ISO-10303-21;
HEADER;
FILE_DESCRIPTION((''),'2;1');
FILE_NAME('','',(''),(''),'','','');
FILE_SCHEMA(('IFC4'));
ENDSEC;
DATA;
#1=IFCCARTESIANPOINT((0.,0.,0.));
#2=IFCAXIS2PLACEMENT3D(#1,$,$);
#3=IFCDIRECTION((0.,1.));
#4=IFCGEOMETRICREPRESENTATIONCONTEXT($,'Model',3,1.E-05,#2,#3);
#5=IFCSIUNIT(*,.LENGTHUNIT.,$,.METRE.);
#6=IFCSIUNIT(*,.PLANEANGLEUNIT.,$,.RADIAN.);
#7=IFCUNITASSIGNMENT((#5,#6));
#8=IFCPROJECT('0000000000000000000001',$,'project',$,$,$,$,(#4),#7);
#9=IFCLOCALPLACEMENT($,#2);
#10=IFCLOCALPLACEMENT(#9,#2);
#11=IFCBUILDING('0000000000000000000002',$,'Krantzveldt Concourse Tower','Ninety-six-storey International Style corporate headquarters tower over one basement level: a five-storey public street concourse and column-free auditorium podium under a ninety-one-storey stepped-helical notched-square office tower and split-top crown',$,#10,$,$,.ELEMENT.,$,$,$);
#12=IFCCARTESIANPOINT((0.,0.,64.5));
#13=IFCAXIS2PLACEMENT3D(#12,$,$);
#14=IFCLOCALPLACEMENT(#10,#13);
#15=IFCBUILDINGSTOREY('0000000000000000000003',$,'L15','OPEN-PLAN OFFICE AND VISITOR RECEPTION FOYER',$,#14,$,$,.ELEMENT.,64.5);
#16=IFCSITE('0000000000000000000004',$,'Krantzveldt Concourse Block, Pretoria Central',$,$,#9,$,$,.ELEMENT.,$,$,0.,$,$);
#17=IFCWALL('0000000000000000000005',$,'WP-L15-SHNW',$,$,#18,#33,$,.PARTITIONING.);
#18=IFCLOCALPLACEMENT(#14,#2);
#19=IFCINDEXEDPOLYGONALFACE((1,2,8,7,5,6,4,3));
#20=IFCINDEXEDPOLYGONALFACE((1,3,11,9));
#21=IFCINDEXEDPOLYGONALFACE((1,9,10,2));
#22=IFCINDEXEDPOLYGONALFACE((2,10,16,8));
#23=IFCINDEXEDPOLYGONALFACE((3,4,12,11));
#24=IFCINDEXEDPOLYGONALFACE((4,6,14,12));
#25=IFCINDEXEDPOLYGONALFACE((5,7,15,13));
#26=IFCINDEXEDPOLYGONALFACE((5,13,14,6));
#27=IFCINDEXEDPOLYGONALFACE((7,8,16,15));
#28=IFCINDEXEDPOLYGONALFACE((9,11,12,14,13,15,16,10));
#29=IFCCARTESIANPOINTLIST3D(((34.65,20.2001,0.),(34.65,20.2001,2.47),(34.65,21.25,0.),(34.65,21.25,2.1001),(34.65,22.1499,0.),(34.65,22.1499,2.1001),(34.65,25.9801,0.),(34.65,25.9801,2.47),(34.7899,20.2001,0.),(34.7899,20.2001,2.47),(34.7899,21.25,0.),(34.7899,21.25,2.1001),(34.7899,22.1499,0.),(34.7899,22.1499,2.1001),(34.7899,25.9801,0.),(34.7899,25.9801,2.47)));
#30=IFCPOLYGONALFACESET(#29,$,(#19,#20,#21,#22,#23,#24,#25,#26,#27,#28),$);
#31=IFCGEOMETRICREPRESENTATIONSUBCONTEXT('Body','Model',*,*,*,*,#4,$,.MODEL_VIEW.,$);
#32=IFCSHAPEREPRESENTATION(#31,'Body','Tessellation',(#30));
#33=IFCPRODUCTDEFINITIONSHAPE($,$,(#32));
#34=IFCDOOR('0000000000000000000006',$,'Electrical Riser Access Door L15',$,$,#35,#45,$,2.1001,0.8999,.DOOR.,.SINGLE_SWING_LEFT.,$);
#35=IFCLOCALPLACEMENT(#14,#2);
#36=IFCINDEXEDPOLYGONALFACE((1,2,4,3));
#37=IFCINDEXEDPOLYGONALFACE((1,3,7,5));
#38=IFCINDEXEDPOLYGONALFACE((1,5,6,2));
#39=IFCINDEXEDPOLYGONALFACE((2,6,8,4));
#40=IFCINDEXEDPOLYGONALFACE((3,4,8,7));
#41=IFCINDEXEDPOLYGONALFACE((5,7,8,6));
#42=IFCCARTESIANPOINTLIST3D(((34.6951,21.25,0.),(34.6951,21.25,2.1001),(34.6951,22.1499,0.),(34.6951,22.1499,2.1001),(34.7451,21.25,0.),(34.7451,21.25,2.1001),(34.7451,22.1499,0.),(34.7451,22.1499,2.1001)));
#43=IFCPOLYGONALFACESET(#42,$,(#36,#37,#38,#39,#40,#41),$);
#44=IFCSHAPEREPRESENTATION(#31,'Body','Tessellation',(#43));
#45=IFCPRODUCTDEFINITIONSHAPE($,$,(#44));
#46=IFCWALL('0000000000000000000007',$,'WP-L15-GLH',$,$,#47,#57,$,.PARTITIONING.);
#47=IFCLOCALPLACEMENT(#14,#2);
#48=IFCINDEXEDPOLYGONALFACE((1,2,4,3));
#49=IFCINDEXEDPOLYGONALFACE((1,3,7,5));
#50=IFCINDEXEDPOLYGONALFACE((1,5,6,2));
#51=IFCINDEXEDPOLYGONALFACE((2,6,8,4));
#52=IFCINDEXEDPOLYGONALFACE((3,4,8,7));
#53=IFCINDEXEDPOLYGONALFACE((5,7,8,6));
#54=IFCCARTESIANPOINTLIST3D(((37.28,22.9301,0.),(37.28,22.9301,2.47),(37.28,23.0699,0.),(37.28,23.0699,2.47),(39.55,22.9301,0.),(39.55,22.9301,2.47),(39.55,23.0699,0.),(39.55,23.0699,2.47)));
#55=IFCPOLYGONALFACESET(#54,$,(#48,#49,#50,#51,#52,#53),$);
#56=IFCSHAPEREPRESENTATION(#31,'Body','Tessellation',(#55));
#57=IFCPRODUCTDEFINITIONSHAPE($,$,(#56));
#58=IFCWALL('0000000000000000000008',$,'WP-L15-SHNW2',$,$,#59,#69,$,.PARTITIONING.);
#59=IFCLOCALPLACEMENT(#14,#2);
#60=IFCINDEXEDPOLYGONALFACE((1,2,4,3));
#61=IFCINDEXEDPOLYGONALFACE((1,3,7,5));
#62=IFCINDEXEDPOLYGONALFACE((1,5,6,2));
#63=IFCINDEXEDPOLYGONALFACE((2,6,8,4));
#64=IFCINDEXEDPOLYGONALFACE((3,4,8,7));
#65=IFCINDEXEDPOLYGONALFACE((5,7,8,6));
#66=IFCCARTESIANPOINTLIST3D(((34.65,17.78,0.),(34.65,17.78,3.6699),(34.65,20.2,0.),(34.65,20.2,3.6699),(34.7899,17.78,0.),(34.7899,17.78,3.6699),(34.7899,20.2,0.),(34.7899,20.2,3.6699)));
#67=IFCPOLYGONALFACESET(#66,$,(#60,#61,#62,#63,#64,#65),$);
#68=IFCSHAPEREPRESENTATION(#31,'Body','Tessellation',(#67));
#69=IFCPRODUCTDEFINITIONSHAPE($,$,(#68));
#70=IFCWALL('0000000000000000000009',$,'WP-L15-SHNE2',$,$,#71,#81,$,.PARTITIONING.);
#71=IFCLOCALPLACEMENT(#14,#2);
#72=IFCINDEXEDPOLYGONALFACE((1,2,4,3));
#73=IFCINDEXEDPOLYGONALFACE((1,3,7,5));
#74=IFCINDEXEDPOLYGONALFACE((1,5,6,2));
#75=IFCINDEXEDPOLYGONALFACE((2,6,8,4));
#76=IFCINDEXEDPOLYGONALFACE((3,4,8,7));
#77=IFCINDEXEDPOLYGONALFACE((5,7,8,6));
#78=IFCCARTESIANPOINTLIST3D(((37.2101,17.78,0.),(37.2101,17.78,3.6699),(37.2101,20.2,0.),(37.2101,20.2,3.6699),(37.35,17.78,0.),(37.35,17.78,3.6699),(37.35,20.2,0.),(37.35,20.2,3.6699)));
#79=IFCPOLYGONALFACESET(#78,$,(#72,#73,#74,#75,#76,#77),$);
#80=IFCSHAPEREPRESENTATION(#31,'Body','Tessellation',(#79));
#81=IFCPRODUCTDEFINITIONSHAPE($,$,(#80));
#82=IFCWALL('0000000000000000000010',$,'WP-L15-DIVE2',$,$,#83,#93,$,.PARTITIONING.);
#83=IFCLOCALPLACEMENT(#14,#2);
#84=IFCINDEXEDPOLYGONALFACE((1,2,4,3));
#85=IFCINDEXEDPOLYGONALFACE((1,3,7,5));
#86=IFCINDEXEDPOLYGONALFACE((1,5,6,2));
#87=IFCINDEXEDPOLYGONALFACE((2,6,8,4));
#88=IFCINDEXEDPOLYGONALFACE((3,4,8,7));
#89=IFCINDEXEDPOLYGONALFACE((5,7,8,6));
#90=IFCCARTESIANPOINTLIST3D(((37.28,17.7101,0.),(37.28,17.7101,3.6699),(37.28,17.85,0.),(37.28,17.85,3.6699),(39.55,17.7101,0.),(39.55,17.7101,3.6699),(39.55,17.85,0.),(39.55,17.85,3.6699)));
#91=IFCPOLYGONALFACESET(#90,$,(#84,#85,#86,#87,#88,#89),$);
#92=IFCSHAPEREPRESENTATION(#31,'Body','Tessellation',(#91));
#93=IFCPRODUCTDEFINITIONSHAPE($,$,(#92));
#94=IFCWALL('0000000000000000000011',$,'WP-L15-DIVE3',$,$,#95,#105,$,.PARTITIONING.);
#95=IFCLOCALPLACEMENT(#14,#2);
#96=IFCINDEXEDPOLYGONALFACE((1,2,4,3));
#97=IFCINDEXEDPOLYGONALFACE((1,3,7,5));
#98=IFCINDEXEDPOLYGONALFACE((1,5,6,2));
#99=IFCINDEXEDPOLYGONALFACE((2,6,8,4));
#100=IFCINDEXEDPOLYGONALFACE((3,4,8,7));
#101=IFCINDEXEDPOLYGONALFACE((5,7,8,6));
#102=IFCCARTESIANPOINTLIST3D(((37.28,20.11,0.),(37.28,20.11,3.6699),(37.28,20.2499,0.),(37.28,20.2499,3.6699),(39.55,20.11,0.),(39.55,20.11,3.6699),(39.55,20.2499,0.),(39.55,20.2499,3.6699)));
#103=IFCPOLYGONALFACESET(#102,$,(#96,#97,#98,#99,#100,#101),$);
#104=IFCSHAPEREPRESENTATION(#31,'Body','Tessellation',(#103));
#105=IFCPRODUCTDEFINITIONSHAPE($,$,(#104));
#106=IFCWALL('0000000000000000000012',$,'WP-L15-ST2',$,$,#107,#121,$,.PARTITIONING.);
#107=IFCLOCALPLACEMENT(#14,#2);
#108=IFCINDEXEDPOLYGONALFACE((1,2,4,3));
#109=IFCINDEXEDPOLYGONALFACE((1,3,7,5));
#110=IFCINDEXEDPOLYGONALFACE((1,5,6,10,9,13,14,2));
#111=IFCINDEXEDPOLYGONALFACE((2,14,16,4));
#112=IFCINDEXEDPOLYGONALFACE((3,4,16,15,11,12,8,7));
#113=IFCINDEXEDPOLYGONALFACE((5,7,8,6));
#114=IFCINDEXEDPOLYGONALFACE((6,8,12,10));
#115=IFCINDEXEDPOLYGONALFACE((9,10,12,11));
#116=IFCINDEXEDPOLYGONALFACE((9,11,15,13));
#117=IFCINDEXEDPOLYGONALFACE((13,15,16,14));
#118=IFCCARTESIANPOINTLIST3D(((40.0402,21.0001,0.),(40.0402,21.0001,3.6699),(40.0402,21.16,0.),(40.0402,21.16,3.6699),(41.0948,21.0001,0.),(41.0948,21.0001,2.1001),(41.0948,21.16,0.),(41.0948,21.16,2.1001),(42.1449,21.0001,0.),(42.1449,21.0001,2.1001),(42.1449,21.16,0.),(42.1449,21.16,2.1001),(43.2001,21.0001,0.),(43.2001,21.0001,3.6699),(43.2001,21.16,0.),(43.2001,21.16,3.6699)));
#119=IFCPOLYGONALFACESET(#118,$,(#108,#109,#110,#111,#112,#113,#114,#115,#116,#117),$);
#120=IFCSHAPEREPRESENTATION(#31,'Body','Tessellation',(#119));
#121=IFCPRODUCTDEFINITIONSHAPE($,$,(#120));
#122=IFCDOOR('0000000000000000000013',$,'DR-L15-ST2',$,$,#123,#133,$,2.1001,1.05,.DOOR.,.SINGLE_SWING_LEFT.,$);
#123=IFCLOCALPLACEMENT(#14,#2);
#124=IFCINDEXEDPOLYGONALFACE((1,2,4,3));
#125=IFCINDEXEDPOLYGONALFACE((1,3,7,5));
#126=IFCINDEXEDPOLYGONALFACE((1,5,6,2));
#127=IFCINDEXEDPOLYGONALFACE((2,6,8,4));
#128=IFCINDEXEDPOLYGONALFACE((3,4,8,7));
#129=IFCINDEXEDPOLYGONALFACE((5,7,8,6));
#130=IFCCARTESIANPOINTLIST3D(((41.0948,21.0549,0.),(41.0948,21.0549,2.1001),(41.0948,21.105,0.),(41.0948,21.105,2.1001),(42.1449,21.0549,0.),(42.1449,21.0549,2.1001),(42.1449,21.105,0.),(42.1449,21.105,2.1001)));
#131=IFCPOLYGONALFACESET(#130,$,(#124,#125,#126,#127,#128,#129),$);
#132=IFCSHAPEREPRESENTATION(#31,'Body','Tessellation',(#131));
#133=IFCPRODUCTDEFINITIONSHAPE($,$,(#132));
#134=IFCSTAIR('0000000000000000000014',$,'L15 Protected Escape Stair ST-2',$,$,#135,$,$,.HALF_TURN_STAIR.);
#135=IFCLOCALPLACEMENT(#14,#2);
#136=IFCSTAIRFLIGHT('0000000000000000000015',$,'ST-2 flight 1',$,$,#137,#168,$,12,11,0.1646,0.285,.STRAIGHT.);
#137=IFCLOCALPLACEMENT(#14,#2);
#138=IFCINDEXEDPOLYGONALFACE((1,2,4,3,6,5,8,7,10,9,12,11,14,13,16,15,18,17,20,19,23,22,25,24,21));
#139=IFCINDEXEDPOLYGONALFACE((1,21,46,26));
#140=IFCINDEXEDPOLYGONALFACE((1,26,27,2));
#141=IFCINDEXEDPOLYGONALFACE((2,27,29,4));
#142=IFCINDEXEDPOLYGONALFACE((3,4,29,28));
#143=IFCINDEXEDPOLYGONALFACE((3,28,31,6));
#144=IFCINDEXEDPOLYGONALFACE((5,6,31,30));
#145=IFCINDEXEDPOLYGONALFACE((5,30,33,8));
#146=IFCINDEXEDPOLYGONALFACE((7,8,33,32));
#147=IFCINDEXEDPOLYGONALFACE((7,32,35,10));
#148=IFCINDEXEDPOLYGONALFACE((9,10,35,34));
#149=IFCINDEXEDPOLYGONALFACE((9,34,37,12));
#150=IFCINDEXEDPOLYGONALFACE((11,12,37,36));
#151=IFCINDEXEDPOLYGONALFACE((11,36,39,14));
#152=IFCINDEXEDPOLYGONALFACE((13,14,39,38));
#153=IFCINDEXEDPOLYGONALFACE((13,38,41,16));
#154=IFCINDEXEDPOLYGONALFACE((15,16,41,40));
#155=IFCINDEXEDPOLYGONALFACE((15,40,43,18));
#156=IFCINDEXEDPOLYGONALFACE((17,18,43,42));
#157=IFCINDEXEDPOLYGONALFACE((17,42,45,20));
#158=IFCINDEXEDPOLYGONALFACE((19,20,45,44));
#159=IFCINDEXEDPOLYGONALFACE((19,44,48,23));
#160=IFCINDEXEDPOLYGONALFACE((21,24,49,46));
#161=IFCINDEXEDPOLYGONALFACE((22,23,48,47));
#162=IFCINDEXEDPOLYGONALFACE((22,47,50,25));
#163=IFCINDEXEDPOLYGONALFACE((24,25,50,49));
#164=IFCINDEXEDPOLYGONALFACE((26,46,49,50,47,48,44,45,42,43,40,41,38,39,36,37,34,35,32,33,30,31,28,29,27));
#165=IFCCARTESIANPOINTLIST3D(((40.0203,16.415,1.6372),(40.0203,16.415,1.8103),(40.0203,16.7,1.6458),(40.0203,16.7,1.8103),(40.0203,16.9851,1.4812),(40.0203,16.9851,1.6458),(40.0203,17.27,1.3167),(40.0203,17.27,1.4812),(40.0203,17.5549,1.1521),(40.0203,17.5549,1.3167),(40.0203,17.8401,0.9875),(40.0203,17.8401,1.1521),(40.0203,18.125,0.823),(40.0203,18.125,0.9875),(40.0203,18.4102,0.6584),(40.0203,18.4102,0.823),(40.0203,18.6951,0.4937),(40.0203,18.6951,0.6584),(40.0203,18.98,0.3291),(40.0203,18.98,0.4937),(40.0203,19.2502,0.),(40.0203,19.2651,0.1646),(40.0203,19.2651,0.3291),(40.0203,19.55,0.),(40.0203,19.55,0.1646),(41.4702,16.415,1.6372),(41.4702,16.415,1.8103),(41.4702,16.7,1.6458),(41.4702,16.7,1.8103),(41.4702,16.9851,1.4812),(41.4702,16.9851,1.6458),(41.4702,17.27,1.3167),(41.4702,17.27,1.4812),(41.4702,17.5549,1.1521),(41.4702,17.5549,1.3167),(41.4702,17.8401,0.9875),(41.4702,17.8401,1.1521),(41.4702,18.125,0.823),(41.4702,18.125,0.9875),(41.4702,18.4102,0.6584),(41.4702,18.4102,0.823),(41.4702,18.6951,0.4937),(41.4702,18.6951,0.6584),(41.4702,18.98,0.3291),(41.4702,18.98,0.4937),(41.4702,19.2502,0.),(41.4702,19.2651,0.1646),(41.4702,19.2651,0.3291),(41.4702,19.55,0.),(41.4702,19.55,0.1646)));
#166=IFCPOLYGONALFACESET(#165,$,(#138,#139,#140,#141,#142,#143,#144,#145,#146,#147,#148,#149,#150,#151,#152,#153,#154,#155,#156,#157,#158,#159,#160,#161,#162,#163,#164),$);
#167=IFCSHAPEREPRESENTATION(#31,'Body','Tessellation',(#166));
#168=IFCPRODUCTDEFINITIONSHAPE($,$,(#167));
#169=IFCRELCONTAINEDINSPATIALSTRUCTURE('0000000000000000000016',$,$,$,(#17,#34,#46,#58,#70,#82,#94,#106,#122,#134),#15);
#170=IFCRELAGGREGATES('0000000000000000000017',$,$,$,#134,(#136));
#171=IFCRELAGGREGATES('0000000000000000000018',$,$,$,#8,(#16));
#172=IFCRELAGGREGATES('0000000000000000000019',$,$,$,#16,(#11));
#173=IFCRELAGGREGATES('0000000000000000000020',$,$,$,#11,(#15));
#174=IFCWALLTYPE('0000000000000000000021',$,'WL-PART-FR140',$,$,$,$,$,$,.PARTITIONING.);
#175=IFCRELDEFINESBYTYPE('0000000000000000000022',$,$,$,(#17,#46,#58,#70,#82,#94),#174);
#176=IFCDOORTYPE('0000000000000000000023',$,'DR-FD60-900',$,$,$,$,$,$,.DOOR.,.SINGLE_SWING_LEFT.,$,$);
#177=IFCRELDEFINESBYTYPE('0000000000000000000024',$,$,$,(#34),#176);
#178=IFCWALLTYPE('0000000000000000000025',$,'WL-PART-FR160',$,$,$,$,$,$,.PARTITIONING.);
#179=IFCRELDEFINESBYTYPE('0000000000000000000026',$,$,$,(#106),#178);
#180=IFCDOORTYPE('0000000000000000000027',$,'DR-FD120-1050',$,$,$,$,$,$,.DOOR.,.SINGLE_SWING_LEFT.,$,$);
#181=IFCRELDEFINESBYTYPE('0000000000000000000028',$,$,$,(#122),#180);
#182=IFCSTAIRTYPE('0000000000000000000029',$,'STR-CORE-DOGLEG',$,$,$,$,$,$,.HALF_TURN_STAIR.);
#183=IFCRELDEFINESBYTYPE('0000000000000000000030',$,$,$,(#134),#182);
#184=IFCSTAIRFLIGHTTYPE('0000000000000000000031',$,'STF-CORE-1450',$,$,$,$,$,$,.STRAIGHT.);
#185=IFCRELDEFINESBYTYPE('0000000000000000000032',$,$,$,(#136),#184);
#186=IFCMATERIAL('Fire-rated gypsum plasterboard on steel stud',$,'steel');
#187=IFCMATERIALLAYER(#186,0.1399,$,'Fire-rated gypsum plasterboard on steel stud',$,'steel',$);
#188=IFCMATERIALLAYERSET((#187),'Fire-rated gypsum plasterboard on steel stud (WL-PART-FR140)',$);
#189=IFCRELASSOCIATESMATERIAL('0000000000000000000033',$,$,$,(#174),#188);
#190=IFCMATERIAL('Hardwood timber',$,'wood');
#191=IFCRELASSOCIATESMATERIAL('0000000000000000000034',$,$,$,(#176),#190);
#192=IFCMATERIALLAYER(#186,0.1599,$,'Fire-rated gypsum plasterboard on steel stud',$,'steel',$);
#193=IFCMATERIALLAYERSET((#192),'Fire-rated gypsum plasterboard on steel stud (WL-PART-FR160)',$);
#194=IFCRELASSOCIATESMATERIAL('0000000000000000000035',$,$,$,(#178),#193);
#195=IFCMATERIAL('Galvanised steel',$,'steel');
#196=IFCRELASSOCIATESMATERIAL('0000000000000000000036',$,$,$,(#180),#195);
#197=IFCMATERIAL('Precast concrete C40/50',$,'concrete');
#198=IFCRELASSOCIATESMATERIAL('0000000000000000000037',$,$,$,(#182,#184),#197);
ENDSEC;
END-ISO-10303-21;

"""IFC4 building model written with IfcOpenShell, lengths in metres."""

from ifc_helpers import new_model, si_unit, direction, frame, frame_2d, origin, place, context, subcontext, project, spatial, polyline, rectangle, outline, extrude, material, layer, layer_set, type_object, element, fill, aggregate, save


model = new_model("IFC4")

# Units and contexts
model_context = context("Model", 3, precision=1e-05, world=origin(), true_north=direction((0.0, 1.0)))
body_context = subcontext(model_context, "Body", "Model", "MODEL_VIEW")
ifc_project = project(units=[si_unit("LENGTHUNIT", "METRE"), si_unit("PLANEANGLEUNIT", "RADIAN")], contexts=[model_context])

# Site, building, storey
site_placement = place(None, origin())
site = spatial("IfcSite", under=ifc_project, at=site_placement, Name="Krantzveldt Concourse Block, Pretoria Central", CompositionType="ELEMENT", RefElevation=0.0)
building_placement = place(site_placement, origin())
building = spatial("IfcBuilding", under=site, at=building_placement, Name="Krantzveldt Concourse Tower", Description="Ninety-six-storey International Style corporate headquarters tower over one basement level: a five-storey public street concourse and column-free auditorium podium under a ninety-one-storey stepped-helical notched-square office tower and split-top crown", CompositionType="ELEMENT")
storey_placement = place(building_placement, frame((0.0, 0.0, 64.5)))
storey = spatial("IfcBuildingStorey", under=building, at=storey_placement, Name="L15", Description="OPEN-PLAN OFFICE AND VISITOR RECEPTION FOYER", CompositionType="ELEMENT", Elevation=64.5)

# Wall, opening, door
ifc_material_1 = material(Name="Fire-rated gypsum plasterboard on steel stud", Category="steel")
ifc_layer_1 = layer(ifc_material_1, 0.1399, Name="Fire-rated gypsum plasterboard on steel stud", Category="steel")
ifc_layer_set_1 = layer_set([ifc_layer_1], Name="Fire-rated gypsum plasterboard on steel stud (WL-PART-FR140)")
wall_type_1 = type_object("IfcWallType", Name="WL-PART-FR140", PredefinedType="PARTITIONING", material=ifc_layer_set_1)
wall_1_placement = place(storey_placement, frame((34.72, 20.2, 0.0), z_axis=(0.0, 0.0, 1.0), x_axis=(0.0, 1.0, 0.0)))
wall_1 = element("IfcWall", 1, at=wall_1_placement, inside=storey, type_object=wall_type_1, Name="WP-L15-SHNW", PredefinedType="PARTITIONING", context=body_context, shape_type="SweptSolid", body=[
    extrude(rectangle(XDim=5.78, YDim=0.1399, at=frame_2d((2.8901, 0.0))), origin(), (0.0, 0.0, 1.0), 2.47),
])
opening_1_placement = place(wall_1_placement, frame((1.05, 0.0, 0.0)))
opening_1 = element("IfcOpeningElement", 2, at=opening_1_placement, cuts=wall_1, PredefinedType="OPENING", context=body_context, shape_type="SweptSolid", body=[
    extrude(rectangle(XDim=0.8999, YDim=2.1001, at=frame_2d((0.45, 1.05))), frame((0.0, 0.0801, 0.0), z_axis=(0.0, -1.0, 0.0), x_axis=(1.0, 0.0, 0.0)), (0.0, 0.0, 1.0), 0.1599),
])
ifc_material_2 = material(Name="Hardwood timber", Category="wood")
door_type_1 = type_object("IfcDoorType", Name="DR-FD60-900", OperationType="SINGLE_SWING_LEFT", PredefinedType="DOOR", material=ifc_material_2)
door_1_placement = place(opening_1_placement, origin())
door_1 = element("IfcDoor", 3, at=door_1_placement, inside=storey, type_object=door_type_1, Name="Electrical Riser Access Door L15", OperationType="SINGLE_SWING_LEFT", OverallHeight=2.1001, OverallWidth=0.8999, PredefinedType="DOOR", context=body_context, shape_type="SweptSolid", body=[
    extrude(rectangle(XDim=0.8999, YDim=2.1001, at=frame_2d((0.45, 1.05))), frame((0.0, 0.0249, 0.0), z_axis=(0.0, -1.0, 0.0), x_axis=(1.0, 0.0, 0.0)), (0.0, 0.0, 1.0), 0.05),
])
fill(opening_1, door_1)

# Walls
wall_2_placement = place(storey_placement, frame((37.28, 23.0, 0.0), z_axis=(0.0, 0.0, 1.0), x_axis=(1.0, 0.0, 0.0)))
element("IfcWall", 4, at=wall_2_placement, inside=storey, type_object=wall_type_1, Name="WP-L15-GLH", PredefinedType="PARTITIONING", context=body_context, shape_type="SweptSolid", body=[
    extrude(rectangle(XDim=2.27, YDim=0.1399, at=frame_2d((1.135, 0.0))), origin(), (0.0, 0.0, 1.0), 2.47),
])
for number, where, z_axis, x_axis, name in (
    (5, (34.72, 17.78, 0.0), (0.0, 0.0, 1.0), (0.0, 1.0, 0.0), "WP-L15-SHNW2"),
    (6, (37.28, 17.78, 0.0), (0.0, 0.0, 1.0), (0.0, 1.0, 0.0), "WP-L15-SHNE2"),
):
    element("IfcWall", number, at=place(storey_placement, frame(where, z_axis=z_axis, x_axis=x_axis)), inside=storey, type_object=wall_type_1, Name=name, PredefinedType="PARTITIONING", context=body_context, shape_type="SweptSolid", body=[
        extrude(rectangle(XDim=2.4199, YDim=0.1399, at=frame_2d((1.21, 0.0))), origin(), (0.0, 0.0, 1.0), 3.6699),
    ])
for number, where, z_axis, x_axis, name in (
    (7, (37.28, 17.78, 0.0), (0.0, 0.0, 1.0), (1.0, 0.0, 0.0), "WP-L15-DIVE2"),
    (8, (37.28, 20.1799, 0.0), (0.0, 0.0, 1.0), (1.0, 0.0, 0.0), "WP-L15-DIVE3"),
):
    element("IfcWall", number, at=place(storey_placement, frame(where, z_axis=z_axis, x_axis=x_axis)), inside=storey, type_object=wall_type_1, Name=name, PredefinedType="PARTITIONING", context=body_context, shape_type="SweptSolid", body=[
        extrude(rectangle(XDim=2.27, YDim=0.1399, at=frame_2d((1.135, 0.0))), origin(), (0.0, 0.0, 1.0), 3.6699),
    ])

# Wall, opening, door
ifc_layer_2 = layer(ifc_material_1, 0.1599, Name="Fire-rated gypsum plasterboard on steel stud", Category="steel")
ifc_layer_set_2 = layer_set([ifc_layer_2], Name="Fire-rated gypsum plasterboard on steel stud (WL-PART-FR160)")
wall_type_2 = type_object("IfcWallType", Name="WL-PART-FR160", PredefinedType="PARTITIONING", material=ifc_layer_set_2)
wall_3_placement = place(storey_placement, frame((40.04, 21.0801, 0.0), z_axis=(0.0, 0.0, 1.0), x_axis=(1.0, 0.0, 0.0)))
wall_3 = element("IfcWall", 9, at=wall_3_placement, inside=storey, type_object=wall_type_2, Name="WP-L15-ST2", PredefinedType="PARTITIONING", context=body_context, shape_type="SweptSolid", body=[
    extrude(rectangle(XDim=3.1599, YDim=0.1599, at=frame_2d((1.5801, 0.0))), origin(), (0.0, 0.0, 1.0), 3.6699),
])
opening_2_placement = place(wall_3_placement, frame((1.0549, 0.0, 0.0)))
opening_2 = element("IfcOpeningElement", 10, at=opening_2_placement, cuts=wall_3, PredefinedType="OPENING", context=body_context, shape_type="SweptSolid", body=[
    extrude(rectangle(XDim=1.05, YDim=2.1001, at=frame_2d((0.5249, 1.05))), frame((0.0, 0.0898, 0.0), z_axis=(0.0, -1.0, 0.0), x_axis=(1.0, 0.0, 0.0)), (0.0, 0.0, 1.0), 0.1799),
])
ifc_material_3 = material(Name="Galvanised steel", Category="steel")
door_type_2 = type_object("IfcDoorType", Name="DR-FD120-1050", OperationType="SINGLE_SWING_LEFT", PredefinedType="DOOR", material=ifc_material_3)
door_2_placement = place(opening_2_placement, origin())
door_2 = element("IfcDoor", 11, at=door_2_placement, inside=storey, type_object=door_type_2, Name="DR-L15-ST2", OperationType="SINGLE_SWING_LEFT", OverallHeight=2.1001, OverallWidth=1.05, PredefinedType="DOOR", context=body_context, shape_type="SweptSolid", body=[
    extrude(rectangle(XDim=1.05, YDim=2.1001, at=frame_2d((0.5249, 1.05))), frame((0.0, 0.0249, 0.0), z_axis=(0.0, -1.0, 0.0), x_axis=(1.0, 0.0, 0.0)), (0.0, 0.0, 1.0), 0.05),
])
fill(opening_2, door_2)

# Stair, stair flight
ifc_material_4 = material(Name="Precast concrete C40/50", Category="concrete")
stair_type = type_object("IfcStairType", Name="STR-CORE-DOGLEG", PredefinedType="HALF_TURN_STAIR", material=ifc_material_4)
stair_placement = place(storey_placement, origin())
stair = element("IfcStair", 12, at=stair_placement, inside=storey, type_object=stair_type, Name="L15 Protected Escape Stair ST-2", PredefinedType="HALF_TURN_STAIR")
stair_flight_type = type_object("IfcStairFlightType", Name="STF-CORE-1450", PredefinedType="STRAIGHT", material=ifc_material_4)
stair_flight_1_placement = place(storey_placement, frame((40.7451, 19.55, 0.0), z_axis=(0.0, 0.0, 1.0), x_axis=(0.0, -1.0, 0.0)))
stair_flight_1 = element("IfcStairFlight", 13, at=stair_flight_1_placement, type_object=stair_flight_type, Name="ST-2 flight 1", NumberOfRisers=12, NumberOfTreads=11, PredefinedType="STRAIGHT", RiserHeight=0.1646, TreadLength=0.285, context=body_context, shape_type="SweptSolid", body=[
    extrude(outline(polyline([(0.0, 0.0), (0.0, 0.1646), (0.2849, 0.1646), (0.2849, 0.3291), (0.5701, 0.3291), (0.5701, 0.4937), (0.855, 0.4937), (0.855, 0.6584), (1.1399, 0.6584), (1.1399, 0.823), (1.425, 0.823), (1.425, 0.9875), (1.71, 0.9875), (1.71, 1.1521), (1.9951, 1.1521), (1.9951, 1.3167), (2.28, 1.3167), (2.28, 1.4812), (2.5649, 1.4812), (2.5649, 1.6458), (2.8501, 1.6458), (2.8501, 1.8103), (3.135, 1.8103), (3.135, 1.9751), (3.135, 1.6372), (0.2998, 0.0), (0.0, 0.0)])), frame((0.0, 0.7251, 0.0), z_axis=(0.0, -1.0, 0.0), x_axis=(1.0, 0.0, 0.0)), (0.0, 0.0, 1.0), 1.45),
])
aggregate(stair, [stair_flight_1])

save(model, "model.ifc")
